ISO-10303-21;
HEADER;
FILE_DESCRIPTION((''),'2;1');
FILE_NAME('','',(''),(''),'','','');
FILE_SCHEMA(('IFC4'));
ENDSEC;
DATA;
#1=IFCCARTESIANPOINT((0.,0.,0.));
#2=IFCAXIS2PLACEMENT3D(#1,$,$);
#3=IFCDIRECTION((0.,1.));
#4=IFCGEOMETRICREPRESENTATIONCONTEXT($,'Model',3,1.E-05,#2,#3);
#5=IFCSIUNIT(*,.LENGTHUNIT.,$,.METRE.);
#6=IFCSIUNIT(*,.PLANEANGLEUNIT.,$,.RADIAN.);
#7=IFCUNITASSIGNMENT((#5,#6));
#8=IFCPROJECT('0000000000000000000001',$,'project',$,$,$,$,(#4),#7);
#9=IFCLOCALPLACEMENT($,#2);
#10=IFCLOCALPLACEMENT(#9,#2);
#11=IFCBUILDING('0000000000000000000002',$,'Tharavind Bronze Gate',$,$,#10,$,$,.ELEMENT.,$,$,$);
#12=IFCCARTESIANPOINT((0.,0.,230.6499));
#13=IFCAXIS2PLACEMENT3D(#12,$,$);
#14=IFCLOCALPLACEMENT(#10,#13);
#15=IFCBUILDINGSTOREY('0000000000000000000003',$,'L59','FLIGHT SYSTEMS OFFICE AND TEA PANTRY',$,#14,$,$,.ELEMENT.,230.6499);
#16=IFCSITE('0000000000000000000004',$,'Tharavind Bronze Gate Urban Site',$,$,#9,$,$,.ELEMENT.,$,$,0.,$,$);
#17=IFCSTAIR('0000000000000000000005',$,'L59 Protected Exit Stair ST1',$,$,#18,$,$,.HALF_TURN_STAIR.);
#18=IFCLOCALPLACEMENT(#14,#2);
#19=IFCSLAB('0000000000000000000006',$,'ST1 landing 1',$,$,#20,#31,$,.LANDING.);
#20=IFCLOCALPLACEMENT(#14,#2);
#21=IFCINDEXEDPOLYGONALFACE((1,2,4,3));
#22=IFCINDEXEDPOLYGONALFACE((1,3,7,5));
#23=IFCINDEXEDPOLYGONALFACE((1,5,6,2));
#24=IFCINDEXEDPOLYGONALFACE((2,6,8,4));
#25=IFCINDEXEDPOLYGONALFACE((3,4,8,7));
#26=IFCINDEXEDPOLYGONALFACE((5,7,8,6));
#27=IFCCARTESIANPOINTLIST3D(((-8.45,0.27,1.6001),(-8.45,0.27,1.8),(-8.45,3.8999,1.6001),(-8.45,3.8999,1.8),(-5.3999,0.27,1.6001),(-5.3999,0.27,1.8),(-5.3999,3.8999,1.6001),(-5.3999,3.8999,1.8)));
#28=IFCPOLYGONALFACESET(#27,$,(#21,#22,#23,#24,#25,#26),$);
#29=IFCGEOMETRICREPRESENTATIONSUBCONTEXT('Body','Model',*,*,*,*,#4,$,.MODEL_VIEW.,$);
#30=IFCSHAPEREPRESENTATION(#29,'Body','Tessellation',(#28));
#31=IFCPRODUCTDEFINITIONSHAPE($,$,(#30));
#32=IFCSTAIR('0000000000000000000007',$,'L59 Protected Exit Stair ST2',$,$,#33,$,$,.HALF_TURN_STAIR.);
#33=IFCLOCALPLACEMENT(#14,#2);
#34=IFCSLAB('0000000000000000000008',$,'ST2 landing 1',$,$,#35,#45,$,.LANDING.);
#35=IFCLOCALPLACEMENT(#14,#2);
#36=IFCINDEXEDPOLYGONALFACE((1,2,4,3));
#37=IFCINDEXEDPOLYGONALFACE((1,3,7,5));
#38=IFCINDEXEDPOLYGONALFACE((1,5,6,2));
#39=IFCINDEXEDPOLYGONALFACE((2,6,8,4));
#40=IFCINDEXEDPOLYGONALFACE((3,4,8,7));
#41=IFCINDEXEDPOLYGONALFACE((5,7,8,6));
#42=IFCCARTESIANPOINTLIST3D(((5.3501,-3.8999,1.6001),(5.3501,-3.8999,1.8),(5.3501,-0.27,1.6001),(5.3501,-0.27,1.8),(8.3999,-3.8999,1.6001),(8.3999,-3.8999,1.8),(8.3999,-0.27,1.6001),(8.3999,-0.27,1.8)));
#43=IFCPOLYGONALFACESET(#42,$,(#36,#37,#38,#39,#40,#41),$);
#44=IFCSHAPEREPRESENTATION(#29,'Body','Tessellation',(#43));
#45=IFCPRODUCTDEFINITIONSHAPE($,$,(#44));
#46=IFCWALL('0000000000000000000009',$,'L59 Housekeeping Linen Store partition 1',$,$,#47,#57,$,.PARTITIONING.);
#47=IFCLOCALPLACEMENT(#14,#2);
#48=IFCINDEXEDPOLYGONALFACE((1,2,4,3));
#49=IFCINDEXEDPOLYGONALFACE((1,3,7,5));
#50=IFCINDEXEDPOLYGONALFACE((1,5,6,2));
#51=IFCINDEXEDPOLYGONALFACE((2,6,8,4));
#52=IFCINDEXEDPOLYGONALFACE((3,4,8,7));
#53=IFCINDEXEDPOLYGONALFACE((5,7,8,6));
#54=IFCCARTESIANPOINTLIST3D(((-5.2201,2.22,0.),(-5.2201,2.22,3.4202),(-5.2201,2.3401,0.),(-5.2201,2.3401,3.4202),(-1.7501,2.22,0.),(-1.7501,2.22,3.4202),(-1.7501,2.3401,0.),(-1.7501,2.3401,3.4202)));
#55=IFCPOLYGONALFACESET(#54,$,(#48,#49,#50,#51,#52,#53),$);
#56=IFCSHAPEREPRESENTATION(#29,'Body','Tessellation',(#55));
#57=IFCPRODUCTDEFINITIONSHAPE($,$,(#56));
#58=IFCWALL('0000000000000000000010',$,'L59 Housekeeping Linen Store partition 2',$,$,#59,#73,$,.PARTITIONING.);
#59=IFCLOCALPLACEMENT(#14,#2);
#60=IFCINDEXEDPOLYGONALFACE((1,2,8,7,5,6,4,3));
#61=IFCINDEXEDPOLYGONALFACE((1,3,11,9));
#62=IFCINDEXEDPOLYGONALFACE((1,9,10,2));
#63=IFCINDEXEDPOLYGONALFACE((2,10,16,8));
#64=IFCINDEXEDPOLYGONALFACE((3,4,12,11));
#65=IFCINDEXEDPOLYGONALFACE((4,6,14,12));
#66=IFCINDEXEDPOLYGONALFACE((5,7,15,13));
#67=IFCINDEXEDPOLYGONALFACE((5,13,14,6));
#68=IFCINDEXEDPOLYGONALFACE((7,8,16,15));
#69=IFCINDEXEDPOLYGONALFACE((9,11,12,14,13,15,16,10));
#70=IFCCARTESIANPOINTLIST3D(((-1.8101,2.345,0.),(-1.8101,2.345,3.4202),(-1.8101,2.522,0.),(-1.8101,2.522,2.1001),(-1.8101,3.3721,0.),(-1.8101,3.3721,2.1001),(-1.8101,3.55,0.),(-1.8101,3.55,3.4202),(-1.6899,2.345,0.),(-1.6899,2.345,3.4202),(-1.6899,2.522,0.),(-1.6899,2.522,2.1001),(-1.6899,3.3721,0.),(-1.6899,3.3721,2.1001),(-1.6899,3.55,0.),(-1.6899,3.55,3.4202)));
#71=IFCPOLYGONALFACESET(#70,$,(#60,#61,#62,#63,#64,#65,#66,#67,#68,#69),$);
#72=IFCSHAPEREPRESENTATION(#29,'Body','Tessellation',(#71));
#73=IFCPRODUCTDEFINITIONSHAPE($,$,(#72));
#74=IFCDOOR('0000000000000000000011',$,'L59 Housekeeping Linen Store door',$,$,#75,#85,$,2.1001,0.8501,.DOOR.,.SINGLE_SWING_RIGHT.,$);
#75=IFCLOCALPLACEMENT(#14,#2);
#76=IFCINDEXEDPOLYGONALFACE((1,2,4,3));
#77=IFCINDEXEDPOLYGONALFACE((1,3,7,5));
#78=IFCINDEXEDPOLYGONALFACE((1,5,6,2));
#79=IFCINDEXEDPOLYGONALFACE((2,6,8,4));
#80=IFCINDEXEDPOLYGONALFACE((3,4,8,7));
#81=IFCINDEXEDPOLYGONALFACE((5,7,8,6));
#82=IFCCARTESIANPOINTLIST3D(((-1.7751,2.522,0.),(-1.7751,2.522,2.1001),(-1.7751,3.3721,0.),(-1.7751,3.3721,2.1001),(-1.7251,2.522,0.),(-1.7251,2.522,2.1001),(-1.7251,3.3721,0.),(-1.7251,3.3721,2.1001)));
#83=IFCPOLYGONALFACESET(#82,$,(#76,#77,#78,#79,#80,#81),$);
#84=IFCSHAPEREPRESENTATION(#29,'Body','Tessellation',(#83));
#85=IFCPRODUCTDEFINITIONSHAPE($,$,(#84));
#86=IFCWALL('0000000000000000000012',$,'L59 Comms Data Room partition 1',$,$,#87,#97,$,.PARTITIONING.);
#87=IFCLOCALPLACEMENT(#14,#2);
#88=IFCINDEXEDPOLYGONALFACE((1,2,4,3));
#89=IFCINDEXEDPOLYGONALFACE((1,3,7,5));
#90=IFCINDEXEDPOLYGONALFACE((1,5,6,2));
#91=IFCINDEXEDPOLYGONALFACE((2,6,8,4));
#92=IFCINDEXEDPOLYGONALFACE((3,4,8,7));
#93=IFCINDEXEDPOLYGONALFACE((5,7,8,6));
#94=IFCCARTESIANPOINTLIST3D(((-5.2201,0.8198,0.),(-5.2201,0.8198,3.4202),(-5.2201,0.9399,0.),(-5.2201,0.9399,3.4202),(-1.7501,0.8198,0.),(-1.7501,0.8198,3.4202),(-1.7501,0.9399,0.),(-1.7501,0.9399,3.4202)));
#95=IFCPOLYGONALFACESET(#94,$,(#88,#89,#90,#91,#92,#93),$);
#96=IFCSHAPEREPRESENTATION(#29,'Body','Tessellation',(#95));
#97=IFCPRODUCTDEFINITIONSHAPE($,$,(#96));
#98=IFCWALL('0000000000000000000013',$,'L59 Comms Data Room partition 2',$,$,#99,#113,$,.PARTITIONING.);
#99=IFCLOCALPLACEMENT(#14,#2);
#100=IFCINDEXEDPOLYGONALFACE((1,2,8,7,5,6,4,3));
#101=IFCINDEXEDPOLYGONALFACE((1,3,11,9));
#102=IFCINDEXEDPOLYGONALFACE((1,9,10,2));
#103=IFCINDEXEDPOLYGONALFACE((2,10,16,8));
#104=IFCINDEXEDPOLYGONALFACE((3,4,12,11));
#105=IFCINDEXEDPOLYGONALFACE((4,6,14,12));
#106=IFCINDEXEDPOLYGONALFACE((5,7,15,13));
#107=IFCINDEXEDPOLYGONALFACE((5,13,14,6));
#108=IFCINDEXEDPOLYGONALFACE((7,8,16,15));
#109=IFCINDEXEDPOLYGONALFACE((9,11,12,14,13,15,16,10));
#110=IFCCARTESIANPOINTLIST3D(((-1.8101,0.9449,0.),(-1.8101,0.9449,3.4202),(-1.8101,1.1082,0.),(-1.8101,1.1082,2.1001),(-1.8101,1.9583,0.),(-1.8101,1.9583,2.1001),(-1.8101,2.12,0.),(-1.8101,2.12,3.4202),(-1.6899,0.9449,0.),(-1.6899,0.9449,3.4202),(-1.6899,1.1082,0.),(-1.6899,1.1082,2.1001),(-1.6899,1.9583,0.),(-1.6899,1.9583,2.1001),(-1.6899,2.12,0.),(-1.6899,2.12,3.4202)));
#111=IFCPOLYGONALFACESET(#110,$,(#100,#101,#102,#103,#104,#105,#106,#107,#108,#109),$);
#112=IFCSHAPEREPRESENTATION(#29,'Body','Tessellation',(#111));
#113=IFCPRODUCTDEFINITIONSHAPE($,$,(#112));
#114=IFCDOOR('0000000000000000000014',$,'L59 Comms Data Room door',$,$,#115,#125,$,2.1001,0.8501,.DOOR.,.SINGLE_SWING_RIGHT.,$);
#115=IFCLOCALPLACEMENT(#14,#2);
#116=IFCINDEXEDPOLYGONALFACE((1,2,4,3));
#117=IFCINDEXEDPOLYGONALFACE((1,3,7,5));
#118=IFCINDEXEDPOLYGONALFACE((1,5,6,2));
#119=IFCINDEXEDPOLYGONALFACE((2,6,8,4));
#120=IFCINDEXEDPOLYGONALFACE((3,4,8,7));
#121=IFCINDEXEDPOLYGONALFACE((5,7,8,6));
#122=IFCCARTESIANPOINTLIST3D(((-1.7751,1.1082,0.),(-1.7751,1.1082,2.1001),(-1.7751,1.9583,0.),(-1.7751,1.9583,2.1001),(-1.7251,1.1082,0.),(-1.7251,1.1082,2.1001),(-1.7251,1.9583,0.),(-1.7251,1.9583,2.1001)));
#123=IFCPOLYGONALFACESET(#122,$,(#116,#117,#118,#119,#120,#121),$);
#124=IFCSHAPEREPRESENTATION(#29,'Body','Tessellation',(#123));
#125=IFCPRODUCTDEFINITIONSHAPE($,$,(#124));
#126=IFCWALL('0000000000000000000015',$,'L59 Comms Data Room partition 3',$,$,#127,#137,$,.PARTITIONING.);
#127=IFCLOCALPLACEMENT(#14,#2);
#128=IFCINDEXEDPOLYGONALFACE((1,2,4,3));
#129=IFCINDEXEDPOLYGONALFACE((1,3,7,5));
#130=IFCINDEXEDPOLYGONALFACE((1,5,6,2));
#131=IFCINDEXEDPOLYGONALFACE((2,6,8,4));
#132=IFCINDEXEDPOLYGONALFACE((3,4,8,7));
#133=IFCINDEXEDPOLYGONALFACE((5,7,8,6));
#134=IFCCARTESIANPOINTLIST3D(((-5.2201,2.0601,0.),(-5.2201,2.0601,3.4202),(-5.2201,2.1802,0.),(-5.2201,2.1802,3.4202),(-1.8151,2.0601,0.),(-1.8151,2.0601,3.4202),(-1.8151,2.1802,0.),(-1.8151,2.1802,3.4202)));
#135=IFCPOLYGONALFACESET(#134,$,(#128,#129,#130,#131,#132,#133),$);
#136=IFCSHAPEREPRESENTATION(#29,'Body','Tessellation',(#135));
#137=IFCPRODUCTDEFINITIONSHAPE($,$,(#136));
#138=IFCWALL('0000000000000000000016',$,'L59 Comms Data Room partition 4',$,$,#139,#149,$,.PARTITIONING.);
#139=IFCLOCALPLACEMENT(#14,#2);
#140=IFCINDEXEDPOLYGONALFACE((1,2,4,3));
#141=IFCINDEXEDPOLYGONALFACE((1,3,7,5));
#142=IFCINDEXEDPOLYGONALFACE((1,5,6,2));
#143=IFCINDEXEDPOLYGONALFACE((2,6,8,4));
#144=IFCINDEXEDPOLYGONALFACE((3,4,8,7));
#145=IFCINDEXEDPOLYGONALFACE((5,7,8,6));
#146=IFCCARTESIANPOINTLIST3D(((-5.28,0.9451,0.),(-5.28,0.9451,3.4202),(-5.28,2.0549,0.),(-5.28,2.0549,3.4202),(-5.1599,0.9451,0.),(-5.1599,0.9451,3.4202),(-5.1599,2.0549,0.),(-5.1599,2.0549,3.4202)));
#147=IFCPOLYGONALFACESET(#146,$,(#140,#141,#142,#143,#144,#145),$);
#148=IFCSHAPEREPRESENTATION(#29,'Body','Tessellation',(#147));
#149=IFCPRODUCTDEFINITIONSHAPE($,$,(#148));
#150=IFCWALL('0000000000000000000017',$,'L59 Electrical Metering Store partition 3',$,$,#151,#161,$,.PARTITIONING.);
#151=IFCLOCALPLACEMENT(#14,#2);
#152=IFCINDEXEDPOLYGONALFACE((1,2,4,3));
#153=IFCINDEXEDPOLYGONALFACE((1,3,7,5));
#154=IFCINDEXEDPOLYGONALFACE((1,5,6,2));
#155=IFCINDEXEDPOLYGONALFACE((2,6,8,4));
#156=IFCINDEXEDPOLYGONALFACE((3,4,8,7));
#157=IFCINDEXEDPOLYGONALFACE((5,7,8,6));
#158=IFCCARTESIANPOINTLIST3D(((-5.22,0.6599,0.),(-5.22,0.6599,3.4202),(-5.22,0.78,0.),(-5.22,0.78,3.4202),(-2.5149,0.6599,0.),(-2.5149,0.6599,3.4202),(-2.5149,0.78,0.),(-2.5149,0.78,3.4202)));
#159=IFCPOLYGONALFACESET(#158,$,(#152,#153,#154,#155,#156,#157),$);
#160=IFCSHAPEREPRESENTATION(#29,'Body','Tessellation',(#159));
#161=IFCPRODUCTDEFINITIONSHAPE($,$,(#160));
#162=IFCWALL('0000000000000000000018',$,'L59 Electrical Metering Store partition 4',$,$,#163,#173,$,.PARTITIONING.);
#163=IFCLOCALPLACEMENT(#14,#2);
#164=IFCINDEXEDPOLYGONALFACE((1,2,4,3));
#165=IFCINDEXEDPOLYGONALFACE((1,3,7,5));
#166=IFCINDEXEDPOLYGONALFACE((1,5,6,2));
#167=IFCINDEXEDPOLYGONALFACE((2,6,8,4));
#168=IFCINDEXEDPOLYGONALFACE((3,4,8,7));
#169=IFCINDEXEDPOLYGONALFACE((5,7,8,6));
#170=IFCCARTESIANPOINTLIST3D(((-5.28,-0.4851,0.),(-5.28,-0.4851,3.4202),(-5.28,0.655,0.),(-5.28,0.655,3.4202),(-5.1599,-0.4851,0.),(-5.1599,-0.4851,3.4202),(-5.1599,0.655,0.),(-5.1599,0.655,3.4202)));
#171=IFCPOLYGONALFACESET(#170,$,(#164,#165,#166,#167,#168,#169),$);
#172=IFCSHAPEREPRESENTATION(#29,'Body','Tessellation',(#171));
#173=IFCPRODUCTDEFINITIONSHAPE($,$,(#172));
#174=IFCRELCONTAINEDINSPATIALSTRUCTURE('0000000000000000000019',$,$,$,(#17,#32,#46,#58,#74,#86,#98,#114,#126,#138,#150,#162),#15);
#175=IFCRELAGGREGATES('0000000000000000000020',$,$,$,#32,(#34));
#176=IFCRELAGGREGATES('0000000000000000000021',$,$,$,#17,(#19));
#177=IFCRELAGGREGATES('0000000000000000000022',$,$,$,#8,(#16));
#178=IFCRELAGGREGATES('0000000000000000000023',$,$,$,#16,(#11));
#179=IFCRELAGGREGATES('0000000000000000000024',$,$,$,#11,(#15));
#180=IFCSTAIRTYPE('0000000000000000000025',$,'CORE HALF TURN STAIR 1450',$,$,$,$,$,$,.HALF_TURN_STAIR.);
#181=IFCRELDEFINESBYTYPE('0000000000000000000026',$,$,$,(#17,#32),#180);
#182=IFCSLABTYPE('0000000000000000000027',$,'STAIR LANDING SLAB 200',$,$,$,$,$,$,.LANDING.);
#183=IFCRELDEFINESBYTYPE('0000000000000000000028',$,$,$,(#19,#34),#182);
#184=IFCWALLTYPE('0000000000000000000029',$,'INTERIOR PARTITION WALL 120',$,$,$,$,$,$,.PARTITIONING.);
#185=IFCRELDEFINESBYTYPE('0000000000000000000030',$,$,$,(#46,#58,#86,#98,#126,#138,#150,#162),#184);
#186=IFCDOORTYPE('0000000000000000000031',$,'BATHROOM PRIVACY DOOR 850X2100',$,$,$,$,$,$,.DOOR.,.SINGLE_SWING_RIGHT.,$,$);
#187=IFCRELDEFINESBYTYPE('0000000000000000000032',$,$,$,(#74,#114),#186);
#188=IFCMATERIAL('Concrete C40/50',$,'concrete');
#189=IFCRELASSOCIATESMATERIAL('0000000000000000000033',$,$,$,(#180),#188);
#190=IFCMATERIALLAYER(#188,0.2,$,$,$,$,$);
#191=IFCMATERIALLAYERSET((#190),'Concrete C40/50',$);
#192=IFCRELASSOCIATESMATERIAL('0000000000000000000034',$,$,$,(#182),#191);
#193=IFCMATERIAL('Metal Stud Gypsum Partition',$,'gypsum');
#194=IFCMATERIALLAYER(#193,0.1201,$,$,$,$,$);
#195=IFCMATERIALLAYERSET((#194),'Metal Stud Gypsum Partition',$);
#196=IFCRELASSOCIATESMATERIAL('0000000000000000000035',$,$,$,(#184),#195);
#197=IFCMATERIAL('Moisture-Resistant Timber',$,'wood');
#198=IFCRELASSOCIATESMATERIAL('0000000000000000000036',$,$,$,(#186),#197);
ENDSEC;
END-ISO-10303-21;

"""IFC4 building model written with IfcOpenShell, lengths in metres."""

from ifc_helpers import new_model, si_unit, direction, frame, frame_2d, origin, place, context, subcontext, project, spatial, polyline, rectangle, outline, extrude, material, layer, layer_set, type_object, element, fill, aggregate, save


model = new_model("IFC4")

# Units and contexts
model_context = context("Model", 3, precision=1e-05, world=origin(), true_north=direction((0.0, 1.0)))
body_context = subcontext(model_context, "Body", "Model", "MODEL_VIEW")
ifc_project = project(units=[si_unit("LENGTHUNIT", "METRE"), si_unit("PLANEANGLEUNIT", "RADIAN")], contexts=[model_context])

# Site, building, storey
site_placement = place(None, origin())
site = spatial("IfcSite", under=ifc_project, at=site_placement, Name="Tharavind Bronze Gate Urban Site", CompositionType="ELEMENT", RefElevation=0.0)
building_placement = place(site_placement, origin())
building = spatial("IfcBuilding", under=site, at=building_placement, Name="Tharavind Bronze Gate", CompositionType="ELEMENT")
storey_placement = place(building_placement, frame((0.0, 0.0, 230.6499)))
storey = spatial("IfcBuildingStorey", under=building, at=storey_placement, Name="L59", Description="FLIGHT SYSTEMS OFFICE AND TEA PANTRY", CompositionType="ELEMENT", Elevation=230.6499)

# Stairs, slabs
ifc_material_1 = material(Name="Concrete C40/50", Category="concrete")
stair_type = type_object("IfcStairType", Name="CORE HALF TURN STAIR 1450", PredefinedType="HALF_TURN_STAIR", material=ifc_material_1)
stair_1_placement = place(storey_placement, origin())
stair_1 = element("IfcStair", 1, at=stair_1_placement, inside=storey, type_object=stair_type, Name="L59 Protected Exit Stair ST1", PredefinedType="HALF_TURN_STAIR")
ifc_layer_1 = layer(ifc_material_1, 0.2)
ifc_layer_set_1 = layer_set([ifc_layer_1], Name="Concrete C40/50")
slab_type = type_object("IfcSlabType", Name="STAIR LANDING SLAB 200", PredefinedType="LANDING", material=ifc_layer_set_1)
slab_1_placement = place(storey_placement, frame((0.0, 0.0, 1.6001)))
slab_1 = element("IfcSlab", 2, at=slab_1_placement, type_object=slab_type, Name="ST1 landing 1", PredefinedType="LANDING", context=body_context, shape_type="SweptSolid", body=[
    extrude(outline(polyline([(-5.3999, 0.27), (-5.3999, 3.8999), (-8.45, 3.8999), (-8.45, 0.27), (-5.3999, 0.27)])), origin(), (0.0, 0.0, 1.0), 0.2),
])
stair_2_placement = place(storey_placement, origin())
stair_2 = element("IfcStair", 3, at=stair_2_placement, inside=storey, type_object=stair_type, Name="L59 Protected Exit Stair ST2", PredefinedType="HALF_TURN_STAIR")
slab_2_placement = place(storey_placement, frame((0.0, 0.0, 1.6001)))
slab_2 = element("IfcSlab", 4, at=slab_2_placement, type_object=slab_type, Name="ST2 landing 1", PredefinedType="LANDING", context=body_context, shape_type="SweptSolid", body=[
    extrude(outline(polyline([(5.3501, -0.27), (5.3501, -3.8999), (8.3999, -3.8999), (8.3999, -0.27), (5.3501, -0.27)])), origin(), (0.0, 0.0, 1.0), 0.2),
])
aggregate(stair_2, [slab_2])

# Wall
ifc_material_2 = material(Name="Metal Stud Gypsum Partition", Category="gypsum")
ifc_layer_2 = layer(ifc_material_2, 0.1201)
ifc_layer_set_2 = layer_set([ifc_layer_2], Name="Metal Stud Gypsum Partition")
wall_type = type_object("IfcWallType", Name="INTERIOR PARTITION WALL 120", PredefinedType="PARTITIONING", material=ifc_layer_set_2)
wall_1_placement = place(storey_placement, frame((-5.22, 2.28, 0.0), z_axis=(0.0, 0.0, 1.0), x_axis=(1.0, 0.0, 0.0)))
element("IfcWall", 5, at=wall_1_placement, inside=storey, type_object=wall_type, Name="L59 Housekeeping Linen Store partition 1", PredefinedType="PARTITIONING", context=body_context, shape_type="SweptSolid", body=[
    extrude(rectangle(XDim=3.47, YDim=0.1201, at=frame_2d((1.7349, 0.0))), origin(), (0.0, 0.0, 1.0), 3.4202),
])

# Wall, opening, door
wall_2_placement = place(storey_placement, frame((-1.75, 2.345, 0.0), z_axis=(0.0, 0.0, 1.0), x_axis=(0.0, 1.0, 0.0)))
wall_2 = element("IfcWall", 6, at=wall_2_placement, inside=storey, type_object=wall_type, Name="L59 Housekeeping Linen Store partition 2", PredefinedType="PARTITIONING", context=body_context, shape_type="SweptSolid", body=[
    extrude(rectangle(XDim=1.2051, YDim=0.1201, at=frame_2d((0.6025, 0.0))), origin(), (0.0, 0.0, 1.0), 3.4202),
])
opening_1_placement = place(wall_2_placement, frame((0.177, 0.0, 0.0)))
opening_1 = element("IfcOpeningElement", 7, at=opening_1_placement, cuts=wall_2, PredefinedType="OPENING", context=body_context, shape_type="SweptSolid", body=[
    extrude(rectangle(XDim=0.8501, YDim=2.1001, at=frame_2d((0.425, 1.05))), frame((0.0, 0.0701, 0.0), z_axis=(0.0, -1.0, 0.0), x_axis=(1.0, 0.0, 0.0)), (0.0, 0.0, 1.0), 0.1401),
])
ifc_material_3 = material(Name="Moisture-Resistant Timber", Category="wood")
door_type = type_object("IfcDoorType", Name="BATHROOM PRIVACY DOOR 850X2100", OperationType="SINGLE_SWING_RIGHT", PredefinedType="DOOR", material=ifc_material_3)
door_1_placement = place(opening_1_placement, frame((0.8501, 0.0, 0.0), z_axis=(0.0, 0.0, 1.0), x_axis=(-1.0, 0.0, 0.0)))
door_1 = element("IfcDoor", 8, at=door_1_placement, inside=storey, type_object=door_type, Name="L59 Housekeeping Linen Store door", OperationType="SINGLE_SWING_RIGHT", OverallHeight=2.1001, OverallWidth=0.8501, PredefinedType="DOOR", context=body_context, shape_type="SweptSolid", body=[
    extrude(rectangle(XDim=0.8501, YDim=2.1001, at=frame_2d((0.425, 1.05))), frame((0.0, 0.0249, 0.0), z_axis=(0.0, -1.0, 0.0), x_axis=(1.0, 0.0, 0.0)), (0.0, 0.0, 1.0), 0.05),
])
fill(opening_1, door_1)

# Wall
wall_3_placement = place(storey_placement, frame((-5.22, 0.8799, 0.0), z_axis=(0.0, 0.0, 1.0), x_axis=(1.0, 0.0, 0.0)))
element("IfcWall", 9, at=wall_3_placement, inside=storey, type_object=wall_type, Name="L59 Comms Data Room partition 1", PredefinedType="PARTITIONING", context=body_context, shape_type="SweptSolid", body=[
    extrude(rectangle(XDim=3.47, YDim=0.1201, at=frame_2d((1.7349, 0.0))), origin(), (0.0, 0.0, 1.0), 3.4202),
])

# Wall, opening, door
wall_4_placement = place(storey_placement, frame((-1.75, 0.9451, 0.0), z_axis=(0.0, 0.0, 1.0), x_axis=(0.0, 1.0, 0.0)))
wall_4 = element("IfcWall", 10, at=wall_4_placement, inside=storey, type_object=wall_type, Name="L59 Comms Data Room partition 2", PredefinedType="PARTITIONING", context=body_context, shape_type="SweptSolid", body=[
    extrude(rectangle(XDim=1.175, YDim=0.1201, at=frame_2d((0.5874, 0.0))), origin(), (0.0, 0.0, 1.0), 3.4202),
])
opening_2_placement = place(wall_4_placement, frame((0.1631, 0.0, 0.0)))
opening_2 = element("IfcOpeningElement", 11, at=opening_2_placement, cuts=wall_4, PredefinedType="OPENING", context=body_context, shape_type="SweptSolid", body=[
    extrude(rectangle(XDim=0.8501, YDim=2.1001, at=frame_2d((0.425, 1.05))), frame((0.0, 0.0701, 0.0), z_axis=(0.0, -1.0, 0.0), x_axis=(1.0, 0.0, 0.0)), (0.0, 0.0, 1.0), 0.1401),
])
door_2_placement = place(opening_2_placement, frame((0.8501, 0.0, 0.0), z_axis=(0.0, 0.0, 1.0), x_axis=(-1.0, 0.0, 0.0)))
door_2 = element("IfcDoor", 12, at=door_2_placement, inside=storey, type_object=door_type, Name="L59 Comms Data Room door", OperationType="SINGLE_SWING_RIGHT", OverallHeight=2.1001, OverallWidth=0.8501, PredefinedType="DOOR", context=body_context, shape_type="SweptSolid", body=[
    extrude(rectangle(XDim=0.8501, YDim=2.1001, at=frame_2d((0.425, 1.05))), frame((0.0, 0.0249, 0.0), z_axis=(0.0, -1.0, 0.0), x_axis=(1.0, 0.0, 0.0)), (0.0, 0.0, 1.0), 0.05),
])
fill(opening_2, door_2)

# Walls
wall_5_placement = place(storey_placement, frame((-1.8149, 2.1201, 0.0), z_axis=(0.0, 0.0, 1.0), x_axis=(-1.0, 0.0, 0.0)))
element("IfcWall", 13, at=wall_5_placement, inside=storey, type_object=wall_type, Name="L59 Comms Data Room partition 3", PredefinedType="PARTITIONING", context=body_context, shape_type="SweptSolid", body=[
    extrude(rectangle(XDim=3.405, YDim=0.1201, at=frame_2d((1.7026, 0.0))), origin(), (0.0, 0.0, 1.0), 3.4202),
])
wall_6_placement = place(storey_placement, frame((-5.22, 2.0549, 0.0), z_axis=(0.0, 0.0, 1.0), x_axis=(0.0, -1.0, 0.0)))
element("IfcWall", 14, at=wall_6_placement, inside=storey, type_object=wall_type, Name="L59 Comms Data Room partition 4", PredefinedType="PARTITIONING", context=body_context, shape_type="SweptSolid", body=[
    extrude(rectangle(XDim=1.1099, YDim=0.1201, at=frame_2d((0.5549, 0.0))), origin(), (0.0, 0.0, 1.0), 3.4202),
])
wall_7_placement = place(storey_placement, frame((-2.5149, 0.72, 0.0), z_axis=(0.0, 0.0, 1.0), x_axis=(-1.0, 0.0, 0.0)))
element("IfcWall", 15, at=wall_7_placement, inside=storey, type_object=wall_type, Name="L59 Electrical Metering Store partition 3", PredefinedType="PARTITIONING", context=body_context, shape_type="SweptSolid", body=[
    extrude(rectangle(XDim=2.7051, YDim=0.1201, at=frame_2d((1.3525, 0.0))), origin(), (0.0, 0.0, 1.0), 3.4202),
])
wall_8_placement = place(storey_placement, frame((-5.22, 0.655, 0.0), z_axis=(0.0, 0.0, 1.0), x_axis=(0.0, -1.0, 0.0)))
element("IfcWall", 16, at=wall_8_placement, inside=storey, type_object=wall_type, Name="L59 Electrical Metering Store partition 4", PredefinedType="PARTITIONING", context=body_context, shape_type="SweptSolid", body=[
    extrude(rectangle(XDim=1.1401, YDim=0.1201, at=frame_2d((0.5701, 0.0))), origin(), (0.0, 0.0, 1.0), 3.4202),
])

aggregate(stair_1, [slab_1])

save(model, "model.ifc")
